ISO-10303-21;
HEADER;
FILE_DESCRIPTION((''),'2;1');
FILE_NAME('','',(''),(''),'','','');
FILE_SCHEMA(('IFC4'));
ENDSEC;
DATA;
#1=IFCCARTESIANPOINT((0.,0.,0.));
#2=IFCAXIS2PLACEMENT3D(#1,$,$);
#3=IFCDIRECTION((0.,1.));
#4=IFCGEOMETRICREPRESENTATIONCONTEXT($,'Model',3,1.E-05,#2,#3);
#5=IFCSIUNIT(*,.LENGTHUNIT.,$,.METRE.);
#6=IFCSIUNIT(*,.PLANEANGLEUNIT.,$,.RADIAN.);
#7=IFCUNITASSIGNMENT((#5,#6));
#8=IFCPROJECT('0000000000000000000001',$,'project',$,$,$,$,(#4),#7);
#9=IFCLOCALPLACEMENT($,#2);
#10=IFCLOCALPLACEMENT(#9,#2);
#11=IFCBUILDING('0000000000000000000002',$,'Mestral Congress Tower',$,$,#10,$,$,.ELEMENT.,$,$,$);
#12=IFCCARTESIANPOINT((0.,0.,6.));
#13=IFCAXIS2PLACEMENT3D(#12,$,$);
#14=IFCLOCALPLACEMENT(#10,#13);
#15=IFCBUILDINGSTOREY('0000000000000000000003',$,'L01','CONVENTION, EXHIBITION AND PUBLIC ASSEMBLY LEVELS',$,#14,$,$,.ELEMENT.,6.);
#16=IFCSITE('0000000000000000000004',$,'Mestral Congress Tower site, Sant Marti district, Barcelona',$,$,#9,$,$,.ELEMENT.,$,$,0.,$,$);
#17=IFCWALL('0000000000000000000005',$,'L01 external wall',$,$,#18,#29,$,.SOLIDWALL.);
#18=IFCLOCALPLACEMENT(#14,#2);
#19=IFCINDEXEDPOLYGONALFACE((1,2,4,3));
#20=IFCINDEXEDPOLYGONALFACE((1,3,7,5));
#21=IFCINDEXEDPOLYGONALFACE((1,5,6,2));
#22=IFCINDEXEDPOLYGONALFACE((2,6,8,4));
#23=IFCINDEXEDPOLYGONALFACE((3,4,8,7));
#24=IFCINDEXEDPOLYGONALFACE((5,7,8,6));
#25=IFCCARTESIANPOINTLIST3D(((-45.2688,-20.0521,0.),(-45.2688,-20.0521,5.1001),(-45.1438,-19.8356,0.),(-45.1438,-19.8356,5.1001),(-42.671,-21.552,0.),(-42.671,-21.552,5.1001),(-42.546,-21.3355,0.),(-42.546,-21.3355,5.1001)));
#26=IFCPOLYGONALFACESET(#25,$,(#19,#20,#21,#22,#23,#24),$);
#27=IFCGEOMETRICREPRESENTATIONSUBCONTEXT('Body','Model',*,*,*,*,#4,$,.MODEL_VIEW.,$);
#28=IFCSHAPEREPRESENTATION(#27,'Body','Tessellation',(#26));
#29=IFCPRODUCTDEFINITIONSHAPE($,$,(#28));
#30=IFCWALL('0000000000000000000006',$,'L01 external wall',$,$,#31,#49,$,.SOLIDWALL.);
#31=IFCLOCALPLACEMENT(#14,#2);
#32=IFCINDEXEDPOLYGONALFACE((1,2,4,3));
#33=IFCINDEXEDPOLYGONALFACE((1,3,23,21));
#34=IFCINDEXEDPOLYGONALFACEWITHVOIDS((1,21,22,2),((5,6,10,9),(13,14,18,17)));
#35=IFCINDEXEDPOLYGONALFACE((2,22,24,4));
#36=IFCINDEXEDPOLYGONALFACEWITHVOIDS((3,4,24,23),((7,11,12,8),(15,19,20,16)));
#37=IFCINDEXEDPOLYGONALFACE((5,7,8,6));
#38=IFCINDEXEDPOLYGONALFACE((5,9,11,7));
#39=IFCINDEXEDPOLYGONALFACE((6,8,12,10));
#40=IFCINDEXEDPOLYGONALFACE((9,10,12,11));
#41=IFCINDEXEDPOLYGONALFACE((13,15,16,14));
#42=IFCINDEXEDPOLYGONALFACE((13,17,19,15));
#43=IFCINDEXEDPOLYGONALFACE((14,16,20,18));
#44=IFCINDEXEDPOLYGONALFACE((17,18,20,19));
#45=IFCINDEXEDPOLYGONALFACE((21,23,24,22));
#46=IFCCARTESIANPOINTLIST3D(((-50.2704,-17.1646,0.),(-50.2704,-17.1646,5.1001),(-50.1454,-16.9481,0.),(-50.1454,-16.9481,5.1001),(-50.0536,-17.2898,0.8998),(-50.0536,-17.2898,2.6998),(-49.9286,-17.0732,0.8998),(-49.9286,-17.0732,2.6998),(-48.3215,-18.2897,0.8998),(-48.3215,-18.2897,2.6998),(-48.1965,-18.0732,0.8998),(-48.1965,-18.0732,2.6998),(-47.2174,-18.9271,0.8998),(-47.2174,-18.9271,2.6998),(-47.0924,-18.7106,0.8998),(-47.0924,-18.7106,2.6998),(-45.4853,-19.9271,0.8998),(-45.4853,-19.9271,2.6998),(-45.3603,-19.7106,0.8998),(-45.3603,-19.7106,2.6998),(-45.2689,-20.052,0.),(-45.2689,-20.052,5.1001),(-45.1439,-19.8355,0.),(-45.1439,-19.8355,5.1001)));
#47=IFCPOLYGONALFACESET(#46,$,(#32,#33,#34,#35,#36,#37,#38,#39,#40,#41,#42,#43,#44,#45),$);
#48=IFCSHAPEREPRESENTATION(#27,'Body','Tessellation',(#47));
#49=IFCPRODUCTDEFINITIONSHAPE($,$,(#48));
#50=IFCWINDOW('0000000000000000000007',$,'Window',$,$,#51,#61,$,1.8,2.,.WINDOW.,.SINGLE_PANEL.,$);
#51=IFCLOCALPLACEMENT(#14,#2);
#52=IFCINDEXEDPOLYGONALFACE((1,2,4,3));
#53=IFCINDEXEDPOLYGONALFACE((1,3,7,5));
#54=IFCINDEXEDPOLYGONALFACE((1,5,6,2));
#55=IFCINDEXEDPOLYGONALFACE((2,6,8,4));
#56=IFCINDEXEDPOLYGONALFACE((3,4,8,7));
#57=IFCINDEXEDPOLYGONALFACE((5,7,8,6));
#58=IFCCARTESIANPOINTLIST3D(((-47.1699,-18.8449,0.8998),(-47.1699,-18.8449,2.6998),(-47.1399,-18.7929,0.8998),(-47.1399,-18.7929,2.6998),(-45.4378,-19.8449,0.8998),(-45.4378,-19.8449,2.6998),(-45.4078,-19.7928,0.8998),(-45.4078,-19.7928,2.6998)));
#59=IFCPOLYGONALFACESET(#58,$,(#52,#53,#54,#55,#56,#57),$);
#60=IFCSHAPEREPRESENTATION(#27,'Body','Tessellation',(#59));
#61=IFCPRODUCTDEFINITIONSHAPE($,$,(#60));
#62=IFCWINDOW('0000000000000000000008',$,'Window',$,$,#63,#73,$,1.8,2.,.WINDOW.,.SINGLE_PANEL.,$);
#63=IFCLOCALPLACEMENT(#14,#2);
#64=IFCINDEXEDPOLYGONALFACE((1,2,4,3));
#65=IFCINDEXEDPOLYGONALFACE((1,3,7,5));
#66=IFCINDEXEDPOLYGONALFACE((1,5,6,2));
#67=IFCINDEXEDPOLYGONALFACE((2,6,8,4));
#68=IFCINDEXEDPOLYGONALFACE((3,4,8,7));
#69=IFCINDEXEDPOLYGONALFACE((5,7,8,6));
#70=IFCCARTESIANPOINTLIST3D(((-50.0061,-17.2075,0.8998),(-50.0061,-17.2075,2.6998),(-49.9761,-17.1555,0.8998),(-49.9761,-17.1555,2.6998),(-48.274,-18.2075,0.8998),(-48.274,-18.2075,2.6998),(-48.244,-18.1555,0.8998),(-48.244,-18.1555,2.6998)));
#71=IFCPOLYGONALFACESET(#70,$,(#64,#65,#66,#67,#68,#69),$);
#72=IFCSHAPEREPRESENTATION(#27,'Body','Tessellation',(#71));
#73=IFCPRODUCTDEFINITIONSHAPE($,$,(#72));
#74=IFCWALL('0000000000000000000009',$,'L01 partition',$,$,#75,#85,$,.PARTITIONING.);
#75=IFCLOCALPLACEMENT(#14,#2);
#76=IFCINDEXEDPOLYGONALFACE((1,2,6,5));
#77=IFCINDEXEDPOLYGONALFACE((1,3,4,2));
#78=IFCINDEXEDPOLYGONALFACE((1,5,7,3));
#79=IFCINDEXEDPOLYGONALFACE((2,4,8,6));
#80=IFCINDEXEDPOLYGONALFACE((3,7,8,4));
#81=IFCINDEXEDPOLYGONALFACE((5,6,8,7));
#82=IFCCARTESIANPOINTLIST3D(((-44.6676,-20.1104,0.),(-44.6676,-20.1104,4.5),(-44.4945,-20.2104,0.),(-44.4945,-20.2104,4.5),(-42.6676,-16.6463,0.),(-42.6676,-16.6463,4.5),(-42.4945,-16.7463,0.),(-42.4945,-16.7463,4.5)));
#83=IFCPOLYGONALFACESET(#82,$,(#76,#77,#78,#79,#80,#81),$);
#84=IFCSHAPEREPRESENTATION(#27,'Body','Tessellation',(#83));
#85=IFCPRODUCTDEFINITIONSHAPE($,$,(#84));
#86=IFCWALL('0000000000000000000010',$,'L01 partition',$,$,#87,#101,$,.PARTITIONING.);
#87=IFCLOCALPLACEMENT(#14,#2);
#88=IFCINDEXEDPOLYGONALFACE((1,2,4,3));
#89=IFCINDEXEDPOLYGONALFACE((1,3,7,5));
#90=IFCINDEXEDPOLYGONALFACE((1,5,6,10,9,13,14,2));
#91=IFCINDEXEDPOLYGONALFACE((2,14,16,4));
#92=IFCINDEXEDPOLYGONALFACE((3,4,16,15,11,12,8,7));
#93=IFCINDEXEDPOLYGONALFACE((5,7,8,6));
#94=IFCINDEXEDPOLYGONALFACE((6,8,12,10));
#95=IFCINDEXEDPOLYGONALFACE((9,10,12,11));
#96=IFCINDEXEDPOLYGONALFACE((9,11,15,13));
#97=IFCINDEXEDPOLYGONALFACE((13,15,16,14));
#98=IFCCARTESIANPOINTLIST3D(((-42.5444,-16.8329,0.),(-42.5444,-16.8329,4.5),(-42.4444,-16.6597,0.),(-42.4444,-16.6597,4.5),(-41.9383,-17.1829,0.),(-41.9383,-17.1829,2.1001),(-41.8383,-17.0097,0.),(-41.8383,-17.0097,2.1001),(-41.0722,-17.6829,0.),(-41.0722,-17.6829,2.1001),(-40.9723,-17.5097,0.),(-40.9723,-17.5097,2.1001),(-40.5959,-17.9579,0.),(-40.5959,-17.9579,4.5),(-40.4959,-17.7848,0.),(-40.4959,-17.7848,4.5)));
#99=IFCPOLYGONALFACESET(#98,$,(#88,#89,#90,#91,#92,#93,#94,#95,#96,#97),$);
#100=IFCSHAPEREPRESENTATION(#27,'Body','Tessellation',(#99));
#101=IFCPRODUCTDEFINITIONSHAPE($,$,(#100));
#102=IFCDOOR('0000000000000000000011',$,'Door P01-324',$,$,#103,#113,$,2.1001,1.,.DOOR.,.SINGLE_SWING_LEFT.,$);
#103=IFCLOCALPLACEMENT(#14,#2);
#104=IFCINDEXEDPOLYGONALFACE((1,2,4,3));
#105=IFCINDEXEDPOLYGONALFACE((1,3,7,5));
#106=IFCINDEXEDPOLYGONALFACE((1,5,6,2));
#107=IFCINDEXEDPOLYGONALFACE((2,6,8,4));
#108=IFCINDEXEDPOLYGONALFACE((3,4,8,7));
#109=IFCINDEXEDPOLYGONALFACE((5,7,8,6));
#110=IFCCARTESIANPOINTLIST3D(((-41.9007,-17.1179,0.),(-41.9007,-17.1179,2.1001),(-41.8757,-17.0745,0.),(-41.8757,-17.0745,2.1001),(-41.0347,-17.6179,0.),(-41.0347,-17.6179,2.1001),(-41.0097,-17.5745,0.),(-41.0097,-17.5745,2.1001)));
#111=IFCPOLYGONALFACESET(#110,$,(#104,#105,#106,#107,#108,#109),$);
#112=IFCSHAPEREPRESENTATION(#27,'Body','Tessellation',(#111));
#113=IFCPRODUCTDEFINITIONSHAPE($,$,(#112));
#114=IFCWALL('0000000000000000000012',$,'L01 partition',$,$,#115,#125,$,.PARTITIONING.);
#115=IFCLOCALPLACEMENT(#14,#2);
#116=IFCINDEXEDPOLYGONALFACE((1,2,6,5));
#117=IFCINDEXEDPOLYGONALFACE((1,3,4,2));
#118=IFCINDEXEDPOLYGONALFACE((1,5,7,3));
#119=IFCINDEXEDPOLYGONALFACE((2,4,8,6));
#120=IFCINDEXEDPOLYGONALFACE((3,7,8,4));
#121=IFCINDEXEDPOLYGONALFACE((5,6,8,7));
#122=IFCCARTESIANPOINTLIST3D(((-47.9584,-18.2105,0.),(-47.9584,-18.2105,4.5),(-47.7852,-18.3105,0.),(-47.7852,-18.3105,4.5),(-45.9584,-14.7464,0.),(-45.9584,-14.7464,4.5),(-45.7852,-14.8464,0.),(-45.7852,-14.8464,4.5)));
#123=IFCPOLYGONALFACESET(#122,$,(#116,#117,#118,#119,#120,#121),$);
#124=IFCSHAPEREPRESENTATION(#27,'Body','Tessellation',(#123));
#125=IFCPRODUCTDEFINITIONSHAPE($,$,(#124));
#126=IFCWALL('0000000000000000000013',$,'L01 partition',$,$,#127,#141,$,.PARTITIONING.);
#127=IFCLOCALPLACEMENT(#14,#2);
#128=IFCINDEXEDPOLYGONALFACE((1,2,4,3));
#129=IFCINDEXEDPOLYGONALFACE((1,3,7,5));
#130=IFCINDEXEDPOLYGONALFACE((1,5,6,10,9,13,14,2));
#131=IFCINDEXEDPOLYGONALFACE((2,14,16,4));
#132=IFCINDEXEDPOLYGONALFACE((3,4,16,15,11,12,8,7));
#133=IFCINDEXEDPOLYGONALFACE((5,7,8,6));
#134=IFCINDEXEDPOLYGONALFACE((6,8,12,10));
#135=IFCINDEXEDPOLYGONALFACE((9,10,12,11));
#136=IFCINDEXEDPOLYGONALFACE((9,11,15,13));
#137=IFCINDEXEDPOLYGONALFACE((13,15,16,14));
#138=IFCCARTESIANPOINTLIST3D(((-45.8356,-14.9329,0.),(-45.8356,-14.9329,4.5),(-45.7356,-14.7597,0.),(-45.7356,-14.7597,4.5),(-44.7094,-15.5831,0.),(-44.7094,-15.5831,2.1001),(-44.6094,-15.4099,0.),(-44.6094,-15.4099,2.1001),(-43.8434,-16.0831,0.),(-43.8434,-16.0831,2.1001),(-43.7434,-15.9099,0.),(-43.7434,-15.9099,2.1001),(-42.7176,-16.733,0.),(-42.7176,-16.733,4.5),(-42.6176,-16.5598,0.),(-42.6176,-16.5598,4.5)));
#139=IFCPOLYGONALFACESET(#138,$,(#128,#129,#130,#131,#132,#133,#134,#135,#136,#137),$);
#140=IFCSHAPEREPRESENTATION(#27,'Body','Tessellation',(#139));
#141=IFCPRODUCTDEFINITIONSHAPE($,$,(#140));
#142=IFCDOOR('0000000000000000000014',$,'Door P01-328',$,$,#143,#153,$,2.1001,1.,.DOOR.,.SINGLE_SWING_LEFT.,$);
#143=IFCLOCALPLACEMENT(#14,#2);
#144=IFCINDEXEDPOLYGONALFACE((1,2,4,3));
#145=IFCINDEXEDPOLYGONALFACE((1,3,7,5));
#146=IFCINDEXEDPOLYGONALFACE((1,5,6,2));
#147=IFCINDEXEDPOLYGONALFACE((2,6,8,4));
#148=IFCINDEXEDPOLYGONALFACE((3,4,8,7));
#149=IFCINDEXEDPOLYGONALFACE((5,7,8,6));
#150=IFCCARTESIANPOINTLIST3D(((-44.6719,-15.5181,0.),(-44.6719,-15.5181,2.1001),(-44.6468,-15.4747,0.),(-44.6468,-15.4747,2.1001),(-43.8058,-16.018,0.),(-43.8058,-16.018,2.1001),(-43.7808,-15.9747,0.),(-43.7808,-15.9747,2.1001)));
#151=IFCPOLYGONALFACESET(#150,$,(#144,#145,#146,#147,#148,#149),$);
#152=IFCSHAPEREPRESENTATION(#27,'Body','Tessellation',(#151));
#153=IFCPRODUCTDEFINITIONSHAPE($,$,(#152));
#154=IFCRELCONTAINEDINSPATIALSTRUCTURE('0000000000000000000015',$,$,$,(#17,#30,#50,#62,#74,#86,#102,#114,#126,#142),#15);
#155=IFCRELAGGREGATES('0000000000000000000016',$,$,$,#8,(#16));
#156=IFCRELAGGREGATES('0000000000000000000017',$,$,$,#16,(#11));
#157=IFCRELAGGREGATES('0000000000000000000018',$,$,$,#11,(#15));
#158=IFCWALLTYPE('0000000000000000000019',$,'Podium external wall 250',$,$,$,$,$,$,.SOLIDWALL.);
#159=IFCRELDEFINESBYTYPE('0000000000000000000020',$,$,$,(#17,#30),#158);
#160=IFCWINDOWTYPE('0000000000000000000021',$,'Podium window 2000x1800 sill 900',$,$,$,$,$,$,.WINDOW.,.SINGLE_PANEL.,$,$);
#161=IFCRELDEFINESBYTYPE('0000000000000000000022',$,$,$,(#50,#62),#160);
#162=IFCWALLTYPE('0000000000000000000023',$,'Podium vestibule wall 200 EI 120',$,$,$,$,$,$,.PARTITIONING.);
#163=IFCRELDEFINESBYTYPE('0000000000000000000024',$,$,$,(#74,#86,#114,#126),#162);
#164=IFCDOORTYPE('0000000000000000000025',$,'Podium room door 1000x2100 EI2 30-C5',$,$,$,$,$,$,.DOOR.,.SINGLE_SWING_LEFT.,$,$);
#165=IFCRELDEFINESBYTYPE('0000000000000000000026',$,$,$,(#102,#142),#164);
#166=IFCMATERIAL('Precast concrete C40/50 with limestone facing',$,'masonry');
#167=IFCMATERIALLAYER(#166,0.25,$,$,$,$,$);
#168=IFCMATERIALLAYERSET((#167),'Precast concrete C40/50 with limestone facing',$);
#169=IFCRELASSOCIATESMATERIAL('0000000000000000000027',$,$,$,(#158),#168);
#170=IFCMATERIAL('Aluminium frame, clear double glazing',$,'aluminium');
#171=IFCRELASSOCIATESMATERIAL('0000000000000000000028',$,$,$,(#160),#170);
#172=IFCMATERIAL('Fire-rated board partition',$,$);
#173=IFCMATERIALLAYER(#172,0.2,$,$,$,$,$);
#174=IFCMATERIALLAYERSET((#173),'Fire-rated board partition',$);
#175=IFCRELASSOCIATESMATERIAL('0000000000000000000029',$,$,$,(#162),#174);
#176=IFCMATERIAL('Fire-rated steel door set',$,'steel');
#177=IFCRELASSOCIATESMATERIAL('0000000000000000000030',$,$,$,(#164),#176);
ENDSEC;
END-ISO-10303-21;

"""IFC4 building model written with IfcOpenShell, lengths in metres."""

from ifc_helpers import new_model, si_unit, direction, frame, frame_2d, origin, place, context, subcontext, project, spatial, rectangle, extrude, material, layer, layer_set, type_object, element, fill, save


model = new_model("IFC4")

# Units and contexts
model_context = context("Model", 3, precision=1e-05, world=origin(), true_north=direction((0.0, 1.0)))
body_context = subcontext(model_context, "Body", "Model", "MODEL_VIEW")
ifc_project = project(units=[si_unit("LENGTHUNIT", "METRE"), si_unit("PLANEANGLEUNIT", "RADIAN")], contexts=[model_context])

# Site, building, storey
site_placement = place(None, origin())
site = spatial("IfcSite", under=ifc_project, at=site_placement, Name="Mestral Congress Tower site, Sant Marti district, Barcelona", CompositionType="ELEMENT", RefElevation=0.0)
building_placement = place(site_placement, origin())
building = spatial("IfcBuilding", under=site, at=building_placement, Name="Mestral Congress Tower", CompositionType="ELEMENT")
storey_placement = place(building_placement, frame((0.0, 0.0, 6.0)))
storey = spatial("IfcBuildingStorey", under=building, at=storey_placement, Name="L01", Description="CONVENTION, EXHIBITION AND PUBLIC ASSEMBLY LEVELS", CompositionType="ELEMENT", Elevation=6.0)

# Wall
ifc_material_1 = material(Name="Precast concrete C40/50 with limestone facing", Category="masonry")
ifc_layer_1 = layer(ifc_material_1, 0.25)
ifc_layer_set_1 = layer_set([ifc_layer_1], Name="Precast concrete C40/50 with limestone facing")
wall_type_1 = type_object("IfcWallType", Name="Podium external wall 250", PredefinedType="SOLIDWALL", material=ifc_layer_set_1)
wall_1_placement = place(storey_placement, frame((-42.6084, -21.4438, 0.0), z_axis=(0.0, 0.0, 1.0), x_axis=(-0.866011, 0.500025, 0.0)))
element("IfcWall", 1, at=wall_1_placement, inside=storey, type_object=wall_type_1, Name="L01 external wall", PredefinedType="SOLIDWALL", context=body_context, shape_type="SweptSolid", body=[
    extrude(rectangle(XDim=2.9998, YDim=0.25, at=frame_2d((1.5, 0.0))), origin(), (0.0, 0.0, 1.0), 5.1001),
])

# Wall, openings, windows
wall_2_placement = place(storey_placement, frame((-45.2063, -19.9438, 0.0), z_axis=(0.0, 0.0, 1.0), x_axis=(-0.866036, 0.499981, 0.0)))
wall_2 = element("IfcWall", 2, at=wall_2_placement, inside=storey, type_object=wall_type_1, Name="L01 external wall", PredefinedType="SOLIDWALL", context=body_context, shape_type="SweptSolid", body=[
    extrude(rectangle(XDim=5.7751, YDim=0.25, at=frame_2d((2.8877, 0.0))), origin(), (0.0, 0.0, 1.0), 5.1001),
])
opening_1_placement = place(wall_2_placement, frame((0.25, 0.0, 0.8999)))
opening_1 = element("IfcOpeningElement", 3, at=opening_1_placement, cuts=wall_2, PredefinedType="OPENING", context=body_context, shape_type="SweptSolid", body=[
    extrude(rectangle(XDim=2.0, YDim=1.8, at=frame_2d((1.0, 0.8999))), frame((0.0, 0.135, 0.0), z_axis=(0.0, -1.0, 0.0), x_axis=(1.0, 0.0, 0.0)), (0.0, 0.0, 1.0), 0.27),
])
opening_2_placement = place(wall_2_placement, frame((3.5249, 0.0, 0.8999)))
opening_2 = element("IfcOpeningElement", 4, at=opening_2_placement, cuts=wall_2, PredefinedType="OPENING", context=body_context, shape_type="SweptSolid", body=[
    extrude(rectangle(XDim=2.0, YDim=1.8, at=frame_2d((1.0, 0.8999))), frame((0.0, 0.135, 0.0), z_axis=(0.0, -1.0, 0.0), x_axis=(1.0, 0.0, 0.0)), (0.0, 0.0, 1.0), 0.27),
])
ifc_material_2 = material(Name="Aluminium frame, clear double glazing", Category="aluminium")
window_type = type_object("IfcWindowType", Name="Podium window 2000x1800 sill 900", PartitioningType="SINGLE_PANEL", PredefinedType="WINDOW", material=ifc_material_2)
window_1_placement = place(opening_1_placement, origin())
window_1 = element("IfcWindow", 5, at=window_1_placement, inside=storey, type_object=window_type, Name="Window", OverallHeight=1.8, OverallWidth=2.0, PartitioningType="SINGLE_PANEL", PredefinedType="WINDOW", context=body_context, shape_type="SweptSolid", body=[
    extrude(rectangle(XDim=2.0, YDim=1.8, at=frame_2d((1.0, 0.8999))), frame((0.0, 0.03, 0.0), z_axis=(0.0, -1.0, 0.0), x_axis=(1.0, 0.0, 0.0)), (0.0, 0.0, 1.0), 0.0601),
])
fill(opening_1, window_1)
window_2_placement = place(opening_2_placement, origin())
window_2 = element("IfcWindow", 6, at=window_2_placement, inside=storey, type_object=window_type, Name="Window", OverallHeight=1.8, OverallWidth=2.0, PartitioningType="SINGLE_PANEL", PredefinedType="WINDOW", context=body_context, shape_type="SweptSolid", body=[
    extrude(rectangle(XDim=2.0, YDim=1.8, at=frame_2d((1.0, 0.8999))), frame((0.0, 0.03, 0.0), z_axis=(0.0, -1.0, 0.0), x_axis=(1.0, 0.0, 0.0)), (0.0, 0.0, 1.0), 0.0601),
])
fill(opening_2, window_2)

# Wall
ifc_material_3 = material(Name="Fire-rated board partition")
ifc_layer_2 = layer(ifc_material_3, 0.2)
ifc_layer_set_2 = layer_set([ifc_layer_2], Name="Fire-rated board partition")
wall_type_2 = type_object("IfcWallType", Name="Podium vestibule wall 200 EI 120", PredefinedType="PARTITIONING", material=ifc_layer_set_2)
wall_3_placement = place(storey_placement, frame((-42.5811, -16.6963, 0.0), z_axis=(0.0, 0.0, 1.0), x_axis=(-0.499999, -0.866026, 0.0)))
element("IfcWall", 7, at=wall_3_placement, inside=storey, type_object=wall_type_2, Name="L01 partition", PredefinedType="PARTITIONING", context=body_context, shape_type="SweptSolid", body=[
    extrude(rectangle(XDim=4.0, YDim=0.2, at=frame_2d((2.0, 0.0))), origin(), (0.0, 0.0, 1.0), 4.5),
])

# Wall, opening, door
wall_4_placement = place(storey_placement, frame((-40.5459, -17.8713, 0.0), z_axis=(0.0, 0.0, 1.0), x_axis=(-0.866018, 0.500014, 0.0)))
wall_4 = element("IfcWall", 8, at=wall_4_placement, inside=storey, type_object=wall_type_2, Name="L01 partition", PredefinedType="PARTITIONING", context=body_context, shape_type="SweptSolid", body=[
    extrude(rectangle(XDim=2.25, YDim=0.2, at=frame_2d((1.125, 0.0))), origin(), (0.0, 0.0, 1.0), 4.5),
])
opening_3_placement = place(wall_4_placement, frame((0.55, 0.0, 0.0)))
opening_3 = element("IfcOpeningElement", 9, at=opening_3_placement, cuts=wall_4, PredefinedType="OPENING", context=body_context, shape_type="SweptSolid", body=[
    extrude(rectangle(XDim=1.0, YDim=2.1001, at=frame_2d((0.5, 1.05))), frame((0.0, 0.1099, 0.0), z_axis=(0.0, -1.0, 0.0), x_axis=(1.0, 0.0, 0.0)), (0.0, 0.0, 1.0), 0.22),
])
ifc_material_4 = material(Name="Fire-rated steel door set", Category="steel")
door_type = type_object("IfcDoorType", Name="Podium room door 1000x2100 EI2 30-C5", OperationType="SINGLE_SWING_LEFT", PredefinedType="DOOR", material=ifc_material_4)
door_1_placement = place(opening_3_placement, origin())
door_1 = element("IfcDoor", 10, at=door_1_placement, inside=storey, type_object=door_type, Name="Door P01-324", OperationType="SINGLE_SWING_LEFT", OverallHeight=2.1001, OverallWidth=1.0, PredefinedType="DOOR", context=body_context, shape_type="SweptSolid", body=[
    extrude(rectangle(XDim=1.0, YDim=2.1001, at=frame_2d((0.5, 1.05))), frame((0.0, 0.0249, 0.0), z_axis=(0.0, -1.0, 0.0), x_axis=(1.0, 0.0, 0.0)), (0.0, 0.0, 1.0), 0.05),
])
fill(opening_3, door_1)

# Wall
wall_5_placement = place(storey_placement, frame((-45.8718, -14.7964, 0.0), z_axis=(0.0, 0.0, 1.0), x_axis=(-0.499999, -0.866026, 0.0)))
element("IfcWall", 11, at=wall_5_placement, inside=storey, type_object=wall_type_2, Name="L01 partition", PredefinedType="PARTITIONING", context=body_context, shape_type="SweptSolid", body=[
    extrude(rectangle(XDim=4.0, YDim=0.2, at=frame_2d((2.0, 0.0))), origin(), (0.0, 0.0, 1.0), 4.5),
])

# Wall, opening, door
wall_6_placement = place(storey_placement, frame((-42.6675, -16.6465, 0.0), z_axis=(0.0, 0.0, 1.0), x_axis=(-0.866035, 0.499983, 0.0)))
wall_6 = element("IfcWall", 12, at=wall_6_placement, inside=storey, type_object=wall_type_2, Name="L01 partition", PredefinedType="PARTITIONING", context=body_context, shape_type="SweptSolid", body=[
    extrude(rectangle(XDim=3.6003, YDim=0.2, at=frame_2d((1.8003, 0.0))), origin(), (0.0, 0.0, 1.0), 4.5),
])
opening_4_placement = place(wall_6_placement, frame((1.3, 0.0, 0.0)))
opening_4 = element("IfcOpeningElement", 13, at=opening_4_placement, cuts=wall_6, PredefinedType="OPENING", context=body_context, shape_type="SweptSolid", body=[
    extrude(rectangle(XDim=1.0, YDim=2.1001, at=frame_2d((0.5, 1.05))), frame((0.0, 0.1099, 0.0), z_axis=(0.0, -1.0, 0.0), x_axis=(1.0, 0.0, 0.0)), (0.0, 0.0, 1.0), 0.22),
])
door_2_placement = place(opening_4_placement, origin())
door_2 = element("IfcDoor", 14, at=door_2_placement, inside=storey, type_object=door_type, Name="Door P01-328", OperationType="SINGLE_SWING_LEFT", OverallHeight=2.1001, OverallWidth=1.0, PredefinedType="DOOR", context=body_context, shape_type="SweptSolid", body=[
    extrude(rectangle(XDim=1.0, YDim=2.1001, at=frame_2d((0.5, 1.05))), frame((0.0, 0.0249, 0.0), z_axis=(0.0, -1.0, 0.0), x_axis=(1.0, 0.0, 0.0)), (0.0, 0.0, 1.0), 0.05),
])
fill(opening_4, door_2)

save(model, "model.ifc")
